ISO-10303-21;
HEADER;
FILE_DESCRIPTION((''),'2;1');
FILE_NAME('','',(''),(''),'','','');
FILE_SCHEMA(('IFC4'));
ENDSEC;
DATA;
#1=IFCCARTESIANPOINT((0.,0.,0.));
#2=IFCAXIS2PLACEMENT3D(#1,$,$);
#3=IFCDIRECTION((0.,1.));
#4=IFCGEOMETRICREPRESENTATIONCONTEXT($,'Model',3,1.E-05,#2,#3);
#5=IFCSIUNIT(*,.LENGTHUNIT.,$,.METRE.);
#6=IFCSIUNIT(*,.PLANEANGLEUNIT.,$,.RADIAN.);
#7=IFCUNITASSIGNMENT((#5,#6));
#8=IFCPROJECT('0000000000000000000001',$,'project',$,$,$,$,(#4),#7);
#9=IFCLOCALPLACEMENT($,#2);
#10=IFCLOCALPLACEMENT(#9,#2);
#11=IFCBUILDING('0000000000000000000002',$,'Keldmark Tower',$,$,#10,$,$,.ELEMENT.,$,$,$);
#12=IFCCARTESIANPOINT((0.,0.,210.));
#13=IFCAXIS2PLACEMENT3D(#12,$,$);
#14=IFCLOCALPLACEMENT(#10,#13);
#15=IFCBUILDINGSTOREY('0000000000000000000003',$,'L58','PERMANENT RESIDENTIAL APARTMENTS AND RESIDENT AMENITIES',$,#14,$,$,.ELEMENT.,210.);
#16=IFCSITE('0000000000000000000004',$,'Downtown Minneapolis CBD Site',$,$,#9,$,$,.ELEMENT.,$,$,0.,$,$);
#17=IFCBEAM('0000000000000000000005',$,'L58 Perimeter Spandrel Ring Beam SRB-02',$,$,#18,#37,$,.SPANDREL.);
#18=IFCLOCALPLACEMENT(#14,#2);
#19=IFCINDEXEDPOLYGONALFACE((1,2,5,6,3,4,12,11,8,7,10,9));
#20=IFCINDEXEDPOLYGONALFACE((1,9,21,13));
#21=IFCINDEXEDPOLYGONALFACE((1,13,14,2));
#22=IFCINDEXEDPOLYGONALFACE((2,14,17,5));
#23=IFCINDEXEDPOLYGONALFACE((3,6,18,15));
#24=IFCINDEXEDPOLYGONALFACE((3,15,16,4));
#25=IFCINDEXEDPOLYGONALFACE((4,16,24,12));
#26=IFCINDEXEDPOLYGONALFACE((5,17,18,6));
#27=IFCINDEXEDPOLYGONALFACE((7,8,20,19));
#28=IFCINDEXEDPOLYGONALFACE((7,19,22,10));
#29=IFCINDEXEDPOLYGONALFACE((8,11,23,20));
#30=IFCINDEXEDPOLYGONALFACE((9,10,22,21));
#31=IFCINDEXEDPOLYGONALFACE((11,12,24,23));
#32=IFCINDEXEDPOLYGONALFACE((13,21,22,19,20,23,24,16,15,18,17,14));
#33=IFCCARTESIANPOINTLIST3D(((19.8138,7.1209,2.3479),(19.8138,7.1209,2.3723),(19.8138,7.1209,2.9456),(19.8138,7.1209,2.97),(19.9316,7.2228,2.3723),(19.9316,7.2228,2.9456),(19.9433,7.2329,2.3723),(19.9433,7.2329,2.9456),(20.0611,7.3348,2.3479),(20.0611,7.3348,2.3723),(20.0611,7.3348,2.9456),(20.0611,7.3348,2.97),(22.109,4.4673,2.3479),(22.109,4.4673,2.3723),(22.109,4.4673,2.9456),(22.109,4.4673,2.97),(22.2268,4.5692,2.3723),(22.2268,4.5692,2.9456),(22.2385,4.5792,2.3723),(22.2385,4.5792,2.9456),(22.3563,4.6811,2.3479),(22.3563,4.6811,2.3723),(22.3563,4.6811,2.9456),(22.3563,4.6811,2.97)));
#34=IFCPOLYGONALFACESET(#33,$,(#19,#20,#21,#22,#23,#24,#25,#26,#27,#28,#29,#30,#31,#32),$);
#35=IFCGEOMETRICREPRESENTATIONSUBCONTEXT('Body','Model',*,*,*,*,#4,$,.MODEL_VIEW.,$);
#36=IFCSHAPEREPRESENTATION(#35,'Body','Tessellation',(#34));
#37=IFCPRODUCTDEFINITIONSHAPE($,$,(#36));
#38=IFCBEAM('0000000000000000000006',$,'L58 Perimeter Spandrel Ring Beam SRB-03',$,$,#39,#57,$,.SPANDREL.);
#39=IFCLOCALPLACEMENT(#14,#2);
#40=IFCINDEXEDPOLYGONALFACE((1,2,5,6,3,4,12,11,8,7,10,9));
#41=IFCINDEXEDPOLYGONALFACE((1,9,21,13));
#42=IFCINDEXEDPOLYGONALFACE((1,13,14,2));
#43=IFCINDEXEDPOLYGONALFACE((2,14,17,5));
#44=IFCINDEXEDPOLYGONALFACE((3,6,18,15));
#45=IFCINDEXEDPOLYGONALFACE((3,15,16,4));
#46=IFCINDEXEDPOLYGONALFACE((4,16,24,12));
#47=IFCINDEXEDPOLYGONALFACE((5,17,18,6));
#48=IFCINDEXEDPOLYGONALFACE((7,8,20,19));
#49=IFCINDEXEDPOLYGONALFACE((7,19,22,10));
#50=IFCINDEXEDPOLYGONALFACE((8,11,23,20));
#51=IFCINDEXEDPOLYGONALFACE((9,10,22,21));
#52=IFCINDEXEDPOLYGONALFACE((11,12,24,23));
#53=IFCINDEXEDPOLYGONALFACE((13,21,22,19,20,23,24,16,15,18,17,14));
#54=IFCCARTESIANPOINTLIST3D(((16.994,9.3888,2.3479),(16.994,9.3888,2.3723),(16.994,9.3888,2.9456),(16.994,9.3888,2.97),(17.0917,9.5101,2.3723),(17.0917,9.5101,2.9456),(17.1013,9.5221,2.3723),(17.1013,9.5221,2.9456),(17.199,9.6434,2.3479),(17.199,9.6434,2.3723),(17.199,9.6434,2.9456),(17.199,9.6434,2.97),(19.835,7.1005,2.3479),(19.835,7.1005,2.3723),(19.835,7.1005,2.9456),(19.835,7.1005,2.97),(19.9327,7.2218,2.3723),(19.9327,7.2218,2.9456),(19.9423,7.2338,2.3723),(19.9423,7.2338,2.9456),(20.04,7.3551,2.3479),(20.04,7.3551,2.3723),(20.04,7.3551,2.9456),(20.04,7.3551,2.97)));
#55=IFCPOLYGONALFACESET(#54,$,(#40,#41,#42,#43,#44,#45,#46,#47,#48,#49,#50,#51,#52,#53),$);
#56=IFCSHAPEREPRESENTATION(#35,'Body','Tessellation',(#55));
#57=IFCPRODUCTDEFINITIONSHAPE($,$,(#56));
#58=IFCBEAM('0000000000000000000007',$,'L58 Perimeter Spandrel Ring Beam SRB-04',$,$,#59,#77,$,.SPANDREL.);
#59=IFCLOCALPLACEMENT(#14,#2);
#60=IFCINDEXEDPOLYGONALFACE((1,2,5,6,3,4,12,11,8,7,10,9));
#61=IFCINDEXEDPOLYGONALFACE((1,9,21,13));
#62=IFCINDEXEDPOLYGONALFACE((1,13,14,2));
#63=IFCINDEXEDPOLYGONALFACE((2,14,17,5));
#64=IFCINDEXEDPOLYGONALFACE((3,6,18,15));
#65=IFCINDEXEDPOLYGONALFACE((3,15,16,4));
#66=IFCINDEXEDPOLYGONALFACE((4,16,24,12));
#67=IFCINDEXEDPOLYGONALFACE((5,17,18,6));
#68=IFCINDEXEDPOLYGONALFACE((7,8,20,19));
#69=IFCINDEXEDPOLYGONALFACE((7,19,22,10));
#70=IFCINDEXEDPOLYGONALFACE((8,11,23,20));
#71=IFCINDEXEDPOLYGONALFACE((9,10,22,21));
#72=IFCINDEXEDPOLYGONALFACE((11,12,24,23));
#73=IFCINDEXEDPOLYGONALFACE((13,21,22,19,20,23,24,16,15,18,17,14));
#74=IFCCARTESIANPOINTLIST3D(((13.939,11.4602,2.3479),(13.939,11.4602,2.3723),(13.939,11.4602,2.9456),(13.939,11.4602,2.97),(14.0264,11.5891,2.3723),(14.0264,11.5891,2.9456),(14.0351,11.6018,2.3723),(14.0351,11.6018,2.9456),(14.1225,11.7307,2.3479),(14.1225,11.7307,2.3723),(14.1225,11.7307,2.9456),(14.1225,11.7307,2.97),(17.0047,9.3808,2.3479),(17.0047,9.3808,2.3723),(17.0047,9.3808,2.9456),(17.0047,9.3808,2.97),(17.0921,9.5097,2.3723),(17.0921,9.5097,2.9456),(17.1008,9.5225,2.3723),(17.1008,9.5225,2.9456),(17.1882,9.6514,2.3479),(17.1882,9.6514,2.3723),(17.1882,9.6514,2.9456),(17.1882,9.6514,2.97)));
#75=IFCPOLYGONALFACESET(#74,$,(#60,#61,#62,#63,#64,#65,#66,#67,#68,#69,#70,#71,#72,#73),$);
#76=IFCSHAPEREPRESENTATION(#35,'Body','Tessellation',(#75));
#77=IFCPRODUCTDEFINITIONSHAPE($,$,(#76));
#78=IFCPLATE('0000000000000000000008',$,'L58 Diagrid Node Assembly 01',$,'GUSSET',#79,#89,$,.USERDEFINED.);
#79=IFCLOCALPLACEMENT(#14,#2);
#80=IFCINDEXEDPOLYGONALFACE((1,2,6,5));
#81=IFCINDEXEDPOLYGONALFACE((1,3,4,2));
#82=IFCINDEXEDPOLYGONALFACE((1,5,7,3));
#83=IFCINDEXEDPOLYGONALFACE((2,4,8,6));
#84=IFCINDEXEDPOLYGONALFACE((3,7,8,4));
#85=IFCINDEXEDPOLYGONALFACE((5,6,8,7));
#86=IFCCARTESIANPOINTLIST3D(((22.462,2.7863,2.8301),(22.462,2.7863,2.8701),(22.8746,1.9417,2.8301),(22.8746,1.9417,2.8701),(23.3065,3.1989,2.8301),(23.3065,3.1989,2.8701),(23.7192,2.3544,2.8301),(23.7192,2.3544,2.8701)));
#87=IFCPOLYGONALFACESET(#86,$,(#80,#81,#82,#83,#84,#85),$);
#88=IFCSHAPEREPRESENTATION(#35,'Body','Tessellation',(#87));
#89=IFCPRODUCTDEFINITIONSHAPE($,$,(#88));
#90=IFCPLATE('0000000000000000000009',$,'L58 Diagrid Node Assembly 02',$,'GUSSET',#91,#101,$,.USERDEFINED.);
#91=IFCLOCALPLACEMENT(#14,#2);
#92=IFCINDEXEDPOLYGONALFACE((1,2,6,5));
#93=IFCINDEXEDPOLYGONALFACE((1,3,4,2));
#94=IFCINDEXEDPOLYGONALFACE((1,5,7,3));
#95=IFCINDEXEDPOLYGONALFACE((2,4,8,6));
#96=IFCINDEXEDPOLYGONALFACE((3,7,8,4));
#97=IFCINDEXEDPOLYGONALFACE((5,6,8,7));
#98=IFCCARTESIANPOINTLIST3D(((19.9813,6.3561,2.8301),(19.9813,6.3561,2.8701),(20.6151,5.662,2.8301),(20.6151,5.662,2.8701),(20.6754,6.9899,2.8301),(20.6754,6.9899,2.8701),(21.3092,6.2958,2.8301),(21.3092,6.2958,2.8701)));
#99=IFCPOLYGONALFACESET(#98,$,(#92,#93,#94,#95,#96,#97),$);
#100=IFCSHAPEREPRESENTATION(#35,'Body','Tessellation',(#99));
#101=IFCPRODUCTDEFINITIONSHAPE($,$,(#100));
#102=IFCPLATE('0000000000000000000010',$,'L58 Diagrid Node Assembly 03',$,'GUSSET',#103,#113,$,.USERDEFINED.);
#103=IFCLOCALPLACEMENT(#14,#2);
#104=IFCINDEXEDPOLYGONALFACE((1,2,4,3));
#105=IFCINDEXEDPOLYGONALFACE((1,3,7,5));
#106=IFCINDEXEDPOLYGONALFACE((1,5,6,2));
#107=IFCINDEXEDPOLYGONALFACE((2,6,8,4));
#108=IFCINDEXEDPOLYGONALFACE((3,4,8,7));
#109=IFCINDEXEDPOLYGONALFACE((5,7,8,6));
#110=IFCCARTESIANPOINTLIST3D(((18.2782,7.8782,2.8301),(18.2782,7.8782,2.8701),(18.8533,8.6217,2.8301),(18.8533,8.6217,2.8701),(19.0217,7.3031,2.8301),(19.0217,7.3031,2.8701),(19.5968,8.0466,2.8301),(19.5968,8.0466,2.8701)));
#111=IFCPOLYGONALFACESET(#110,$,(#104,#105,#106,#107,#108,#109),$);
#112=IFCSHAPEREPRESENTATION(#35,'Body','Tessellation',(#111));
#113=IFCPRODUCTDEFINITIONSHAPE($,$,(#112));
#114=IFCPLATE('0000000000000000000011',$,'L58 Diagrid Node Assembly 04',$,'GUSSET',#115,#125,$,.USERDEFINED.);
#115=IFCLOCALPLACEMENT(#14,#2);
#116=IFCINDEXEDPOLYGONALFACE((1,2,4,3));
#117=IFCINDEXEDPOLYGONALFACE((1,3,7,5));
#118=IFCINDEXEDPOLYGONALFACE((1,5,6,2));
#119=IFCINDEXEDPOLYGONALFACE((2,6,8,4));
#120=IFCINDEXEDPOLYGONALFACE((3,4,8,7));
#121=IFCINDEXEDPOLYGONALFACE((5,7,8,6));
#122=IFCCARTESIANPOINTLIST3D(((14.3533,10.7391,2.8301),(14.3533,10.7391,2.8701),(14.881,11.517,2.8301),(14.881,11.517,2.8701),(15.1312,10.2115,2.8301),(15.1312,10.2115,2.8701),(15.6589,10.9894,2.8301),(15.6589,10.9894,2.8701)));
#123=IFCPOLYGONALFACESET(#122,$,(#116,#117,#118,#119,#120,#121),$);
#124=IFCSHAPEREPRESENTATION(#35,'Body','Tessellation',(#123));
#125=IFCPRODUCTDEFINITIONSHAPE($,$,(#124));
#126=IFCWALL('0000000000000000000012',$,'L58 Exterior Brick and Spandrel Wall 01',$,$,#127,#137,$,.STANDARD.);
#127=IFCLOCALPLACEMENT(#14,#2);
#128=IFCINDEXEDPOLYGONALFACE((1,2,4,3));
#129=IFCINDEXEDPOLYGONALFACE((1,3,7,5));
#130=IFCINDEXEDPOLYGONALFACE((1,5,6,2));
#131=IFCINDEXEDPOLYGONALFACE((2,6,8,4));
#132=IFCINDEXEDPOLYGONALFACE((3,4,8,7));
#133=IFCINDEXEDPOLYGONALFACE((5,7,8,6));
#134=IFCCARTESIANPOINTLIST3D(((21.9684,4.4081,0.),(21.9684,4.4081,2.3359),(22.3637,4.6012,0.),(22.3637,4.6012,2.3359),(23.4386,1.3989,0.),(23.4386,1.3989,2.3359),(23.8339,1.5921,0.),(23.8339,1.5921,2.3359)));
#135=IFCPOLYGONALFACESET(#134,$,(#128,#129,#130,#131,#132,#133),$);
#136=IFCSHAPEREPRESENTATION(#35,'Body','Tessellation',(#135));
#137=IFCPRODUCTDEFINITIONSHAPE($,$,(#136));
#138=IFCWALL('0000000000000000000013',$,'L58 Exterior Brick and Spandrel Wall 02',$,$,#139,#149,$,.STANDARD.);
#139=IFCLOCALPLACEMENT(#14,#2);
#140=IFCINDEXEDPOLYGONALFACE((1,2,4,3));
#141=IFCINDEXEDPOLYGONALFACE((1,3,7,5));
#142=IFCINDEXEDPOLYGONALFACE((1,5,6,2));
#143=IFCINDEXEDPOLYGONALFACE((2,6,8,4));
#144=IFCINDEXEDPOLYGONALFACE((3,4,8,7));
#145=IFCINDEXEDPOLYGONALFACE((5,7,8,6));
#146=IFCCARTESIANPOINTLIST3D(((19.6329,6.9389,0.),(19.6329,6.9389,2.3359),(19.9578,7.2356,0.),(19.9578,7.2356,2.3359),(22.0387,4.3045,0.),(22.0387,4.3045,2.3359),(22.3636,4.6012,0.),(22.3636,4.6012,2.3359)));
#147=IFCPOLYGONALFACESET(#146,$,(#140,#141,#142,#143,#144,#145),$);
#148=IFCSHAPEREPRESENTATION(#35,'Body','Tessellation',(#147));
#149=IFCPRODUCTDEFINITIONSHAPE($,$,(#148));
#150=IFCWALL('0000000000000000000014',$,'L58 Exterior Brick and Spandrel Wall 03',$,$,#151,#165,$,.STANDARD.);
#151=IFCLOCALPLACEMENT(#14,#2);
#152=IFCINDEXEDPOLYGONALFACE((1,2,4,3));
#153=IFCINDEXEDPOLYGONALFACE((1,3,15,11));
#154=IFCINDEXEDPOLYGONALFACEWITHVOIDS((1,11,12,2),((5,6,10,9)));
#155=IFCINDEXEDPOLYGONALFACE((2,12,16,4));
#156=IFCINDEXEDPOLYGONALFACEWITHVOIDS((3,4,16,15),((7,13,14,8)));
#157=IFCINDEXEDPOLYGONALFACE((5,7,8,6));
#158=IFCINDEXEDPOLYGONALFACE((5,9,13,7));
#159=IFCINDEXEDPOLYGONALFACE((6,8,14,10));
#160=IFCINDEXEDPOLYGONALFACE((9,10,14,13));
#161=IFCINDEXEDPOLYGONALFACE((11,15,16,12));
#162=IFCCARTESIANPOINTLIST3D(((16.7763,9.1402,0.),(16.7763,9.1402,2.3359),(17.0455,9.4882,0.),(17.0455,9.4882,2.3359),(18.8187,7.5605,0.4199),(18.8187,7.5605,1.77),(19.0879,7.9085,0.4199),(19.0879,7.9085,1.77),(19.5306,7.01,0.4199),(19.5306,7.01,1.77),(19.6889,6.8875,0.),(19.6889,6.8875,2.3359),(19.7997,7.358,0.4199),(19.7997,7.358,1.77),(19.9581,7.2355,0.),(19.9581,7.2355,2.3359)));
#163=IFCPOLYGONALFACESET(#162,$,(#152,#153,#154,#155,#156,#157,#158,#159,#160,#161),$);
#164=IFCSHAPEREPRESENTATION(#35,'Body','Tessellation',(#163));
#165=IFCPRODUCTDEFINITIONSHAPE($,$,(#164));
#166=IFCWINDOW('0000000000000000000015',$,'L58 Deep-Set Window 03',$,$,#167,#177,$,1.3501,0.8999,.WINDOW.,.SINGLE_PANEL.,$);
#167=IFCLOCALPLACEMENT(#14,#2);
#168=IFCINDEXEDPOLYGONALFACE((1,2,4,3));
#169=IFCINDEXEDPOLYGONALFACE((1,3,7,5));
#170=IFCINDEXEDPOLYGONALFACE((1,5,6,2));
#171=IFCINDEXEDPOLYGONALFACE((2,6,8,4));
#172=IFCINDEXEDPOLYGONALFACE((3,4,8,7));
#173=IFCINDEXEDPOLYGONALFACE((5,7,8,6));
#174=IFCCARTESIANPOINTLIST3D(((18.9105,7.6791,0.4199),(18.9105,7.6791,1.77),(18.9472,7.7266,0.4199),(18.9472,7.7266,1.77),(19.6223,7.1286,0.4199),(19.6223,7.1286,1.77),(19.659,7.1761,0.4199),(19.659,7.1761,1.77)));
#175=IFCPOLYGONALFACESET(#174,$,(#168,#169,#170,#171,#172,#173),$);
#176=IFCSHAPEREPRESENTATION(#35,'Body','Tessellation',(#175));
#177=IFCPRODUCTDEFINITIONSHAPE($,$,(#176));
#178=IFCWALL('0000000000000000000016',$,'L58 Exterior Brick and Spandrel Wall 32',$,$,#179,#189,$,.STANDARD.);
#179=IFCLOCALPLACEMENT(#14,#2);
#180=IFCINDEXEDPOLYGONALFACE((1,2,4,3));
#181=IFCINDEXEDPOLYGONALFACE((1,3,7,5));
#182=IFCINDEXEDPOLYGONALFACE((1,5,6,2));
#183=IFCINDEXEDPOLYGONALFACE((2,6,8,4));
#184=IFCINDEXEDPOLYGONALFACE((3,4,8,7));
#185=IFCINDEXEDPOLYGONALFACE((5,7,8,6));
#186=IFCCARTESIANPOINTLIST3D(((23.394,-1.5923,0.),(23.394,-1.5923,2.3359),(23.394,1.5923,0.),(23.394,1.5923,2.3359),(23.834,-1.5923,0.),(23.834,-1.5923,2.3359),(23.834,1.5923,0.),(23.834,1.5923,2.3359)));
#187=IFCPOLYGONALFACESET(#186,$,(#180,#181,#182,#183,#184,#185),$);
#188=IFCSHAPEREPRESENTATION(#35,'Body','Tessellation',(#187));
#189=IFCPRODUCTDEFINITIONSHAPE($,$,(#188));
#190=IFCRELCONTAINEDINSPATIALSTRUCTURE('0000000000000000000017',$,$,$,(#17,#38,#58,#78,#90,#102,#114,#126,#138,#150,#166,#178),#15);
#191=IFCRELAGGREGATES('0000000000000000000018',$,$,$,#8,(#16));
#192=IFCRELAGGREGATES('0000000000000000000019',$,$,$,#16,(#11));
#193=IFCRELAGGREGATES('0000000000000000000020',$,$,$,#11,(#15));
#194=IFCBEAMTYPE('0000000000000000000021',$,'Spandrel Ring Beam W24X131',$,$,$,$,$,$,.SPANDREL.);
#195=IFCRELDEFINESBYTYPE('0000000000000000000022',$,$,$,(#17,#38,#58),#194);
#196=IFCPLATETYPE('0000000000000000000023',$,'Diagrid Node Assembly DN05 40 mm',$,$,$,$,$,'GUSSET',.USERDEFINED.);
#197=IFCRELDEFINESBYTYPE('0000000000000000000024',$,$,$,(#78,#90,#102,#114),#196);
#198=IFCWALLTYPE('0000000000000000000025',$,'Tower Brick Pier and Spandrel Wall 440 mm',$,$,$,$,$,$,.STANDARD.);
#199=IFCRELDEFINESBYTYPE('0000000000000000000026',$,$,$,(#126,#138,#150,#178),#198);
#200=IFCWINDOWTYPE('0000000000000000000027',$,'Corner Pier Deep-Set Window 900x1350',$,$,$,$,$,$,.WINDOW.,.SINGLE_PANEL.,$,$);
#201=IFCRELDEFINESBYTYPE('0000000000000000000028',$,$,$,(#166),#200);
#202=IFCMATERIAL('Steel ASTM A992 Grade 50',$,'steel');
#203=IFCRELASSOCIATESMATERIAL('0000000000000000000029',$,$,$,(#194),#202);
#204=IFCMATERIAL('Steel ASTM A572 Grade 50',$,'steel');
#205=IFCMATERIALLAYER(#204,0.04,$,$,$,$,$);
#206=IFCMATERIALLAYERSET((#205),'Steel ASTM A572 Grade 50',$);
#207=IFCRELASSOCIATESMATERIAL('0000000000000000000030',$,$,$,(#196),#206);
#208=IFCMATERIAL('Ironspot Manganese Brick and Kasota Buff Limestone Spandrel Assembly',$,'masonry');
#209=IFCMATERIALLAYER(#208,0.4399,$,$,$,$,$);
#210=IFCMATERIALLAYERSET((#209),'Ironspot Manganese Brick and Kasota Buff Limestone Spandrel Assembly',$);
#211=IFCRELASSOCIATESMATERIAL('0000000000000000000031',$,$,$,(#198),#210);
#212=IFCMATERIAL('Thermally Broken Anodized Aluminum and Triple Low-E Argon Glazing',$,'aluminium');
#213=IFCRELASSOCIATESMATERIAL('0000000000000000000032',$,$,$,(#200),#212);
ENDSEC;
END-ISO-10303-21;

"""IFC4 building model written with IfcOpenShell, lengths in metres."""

from ifc_helpers import new_model, si_unit, direction, frame, frame_2d, origin, origin_2d, place, context, subcontext, project, spatial, rectangle, i_section, extrude, material, layer, layer_set, material_profile, profile_set, type_object, element, fill, save


model = new_model("IFC4")

# Units and contexts
model_context = context("Model", 3, precision=1e-05, world=origin(), true_north=direction((0.0, 1.0)))
body_context = subcontext(model_context, "Body", "Model", "MODEL_VIEW")
ifc_project = project(units=[si_unit("LENGTHUNIT", "METRE"), si_unit("PLANEANGLEUNIT", "RADIAN")], contexts=[model_context])

# Site, building, storey
site_placement = place(None, origin())
site = spatial("IfcSite", under=ifc_project, at=site_placement, Name="Downtown Minneapolis CBD Site", CompositionType="ELEMENT", RefElevation=0.0)
building_placement = place(site_placement, origin())
building = spatial("IfcBuilding", under=site, at=building_placement, Name="Keldmark Tower", CompositionType="ELEMENT")
storey_placement = place(building_placement, frame((0.0, 0.0, 210.0)))
storey = spatial("IfcBuildingStorey", under=building, at=storey_placement, Name="L58", Description="PERMANENT RESIDENTIAL APARTMENTS AND RESIDENT AMENITIES", CompositionType="ELEMENT", Elevation=210.0)

# Beams
ifc_material_1 = material(Name="Steel ASTM A992 Grade 50", Category="steel")
ifc_material_profile_1 = material_profile(ifc_material_1, i_section(OverallWidth=0.3269, OverallDepth=0.6221, WebThickness=0.0154, FlangeThickness=0.0244, at=origin_2d()), Name="W24X131")
ifc_profile_set_1 = profile_set([ifc_material_profile_1], Name="Steel ASTM A992 Grade 50")
beam_type_1 = type_object("IfcBeamType", Name="Spandrel Ring Beam W24X131", PredefinedType="SPANDREL", material=ifc_profile_set_1)
beam_1_placement = place(storey_placement, frame((22.2327, 4.5742, 2.6589), z_axis=(-0.654183, 0.756336, 0.0), x_axis=(-0.756336, -0.654183, 0.0)))
element("IfcBeam", 1, at=beam_1_placement, inside=storey, type_object=beam_type_1, Name="L58 Perimeter Spandrel Ring Beam SRB-02", PredefinedType="SPANDREL", context=body_context, shape_type="SweptSolid", body=[
    extrude(i_section(OverallWidth=0.3269, OverallDepth=0.6221, WebThickness=0.0154, FlangeThickness=0.0244, at=origin_2d()), origin(), (0.0, 0.0, 1.0), 3.5085),
])
beam_2_placement = place(storey_placement, frame((19.9375, 7.2278, 2.6589), z_axis=(-0.778795, 0.627279, 0.0), x_axis=(-0.627279, -0.778795, 0.0)))
element("IfcBeam", 2, at=beam_2_placement, inside=storey, type_object=beam_type_1, Name="L58 Perimeter Spandrel Ring Beam SRB-03", PredefinedType="SPANDREL", context=body_context, shape_type="SweptSolid", body=[
    extrude(i_section(OverallWidth=0.3269, OverallDepth=0.6221, WebThickness=0.0154, FlangeThickness=0.0244, at=origin_2d()), origin(), (0.0, 0.0, 1.0), 3.6479),
])
beam_3_placement = place(storey_placement, frame((17.0964, 9.5161, 2.6589), z_axis=(-0.827593, 0.561329, 0.0), x_axis=(-0.561329, -0.827593, 0.0)))
element("IfcBeam", 3, at=beam_3_placement, inside=storey, type_object=beam_type_1, Name="L58 Perimeter Spandrel Ring Beam SRB-04", PredefinedType="SPANDREL", context=body_context, shape_type="SweptSolid", body=[
    extrude(i_section(OverallWidth=0.3269, OverallDepth=0.6221, WebThickness=0.0154, FlangeThickness=0.0244, at=origin_2d()), origin(), (0.0, 0.0, 1.0), 3.7043),
])

# Plates
ifc_material_2 = material(Name="Steel ASTM A572 Grade 50", Category="steel")
ifc_layer_1 = layer(ifc_material_2, 0.04)
ifc_layer_set_1 = layer_set([ifc_layer_1], Name="Steel ASTM A572 Grade 50")
plate_type = type_object("IfcPlateType", Name="Diagrid Node Assembly DN05 40 mm", ElementType="GUSSET", PredefinedType="USERDEFINED", material=ifc_layer_set_1)
for number, where, z_axis, x_axis, name in (
    (4, (23.0906, 2.5703, 2.8301), (0.0, 0.0, 1.0), (-0.438999, 0.898488, 0.0), "L58 Diagrid Node Assembly 01"),
    (5, (20.6453, 6.3259, 2.8301), (0.0, 0.0, 1.0), (-0.674302, 0.738455, 0.0), "L58 Diagrid Node Assembly 02"),
    (6, (18.9375, 7.9624, 2.8301), (0.0, 0.0, 1.0), (-0.79101, 0.611803, 0.0), "L58 Diagrid Node Assembly 03"),
    (7, (15.0061, 10.8643, 2.8301), (0.0, 0.0, 1.0), (-0.827571, 0.561361, 0.0), "L58 Diagrid Node Assembly 04"),
):
    element("IfcPlate", number, at=place(storey_placement, frame(where, z_axis=z_axis, x_axis=x_axis)), inside=storey, type_object=plate_type, Name=name, ObjectType="GUSSET", PredefinedType="USERDEFINED", context=body_context, shape_type="SweptSolid", body=[
        extrude(rectangle(XDim=0.9399, YDim=0.9399, at=origin_2d()), origin(), (0.0, 0.0, 1.0), 0.04),
    ])

# Walls
ifc_material_3 = material(Name="Ironspot Manganese Brick and Kasota Buff Limestone Spandrel Assembly", Category="masonry")
ifc_layer_2 = layer(ifc_material_3, 0.4399)
ifc_layer_set_2 = layer_set([ifc_layer_2], Name="Ironspot Manganese Brick and Kasota Buff Limestone Spandrel Assembly")
wall_type = type_object("IfcWallType", Name="Tower Brick Pier and Spandrel Wall 440 mm", PredefinedType="STANDARD", material=ifc_layer_set_2)
wall_1_placement = place(storey_placement, frame((22.166, 4.5046, 0.0), z_axis=(0.0, 0.0, 1.0), x_axis=(0.439001, -0.898487, 0.0)))
element("IfcWall", 8, at=wall_1_placement, inside=storey, type_object=wall_type, Name="L58 Exterior Brick and Spandrel Wall 01", PredefinedType="STANDARD", context=body_context, shape_type="SweptSolid", body=[
    extrude(rectangle(XDim=3.3491, YDim=0.4399, at=frame_2d((1.6746, 0.0))), origin(), (0.0, 0.0, 1.0), 2.3359),
])
wall_2_placement = place(storey_placement, frame((19.7954, 7.0872, 0.0), z_axis=(0.0, 0.0, 1.0), x_axis=(0.674354, -0.738408, 0.0)))
element("IfcWall", 9, at=wall_2_placement, inside=storey, type_object=wall_type, Name="L58 Exterior Brick and Spandrel Wall 02", PredefinedType="STANDARD", context=body_context, shape_type="SweptSolid", body=[
    extrude(rectangle(XDim=3.5676, YDim=0.4399, at=frame_2d((1.7837, 0.0))), origin(), (0.0, 0.0, 1.0), 2.3359),
])

# Wall, opening, window
wall_3_placement = place(storey_placement, frame((16.9109, 9.3142, 0.0), z_axis=(0.0, 0.0, 1.0), x_axis=(0.791017, -0.611795, 0.0)))
wall_3 = element("IfcWall", 10, at=wall_3_placement, inside=storey, type_object=wall_type, Name="L58 Exterior Brick and Spandrel Wall 03", PredefinedType="STANDARD", context=body_context, shape_type="SweptSolid", body=[
    extrude(rectangle(XDim=3.6821, YDim=0.4399, at=frame_2d((1.8411, 0.0))), origin(), (0.0, 0.0, 1.0), 2.3359),
])
opening_placement = place(wall_3_placement, frame((2.582, 0.0, 0.4199)))
opening = element("IfcOpeningElement", 11, at=opening_placement, cuts=wall_3, PredefinedType="OPENING", context=body_context, shape_type="SweptSolid", body=[
    extrude(rectangle(XDim=0.8999, YDim=1.3501, at=frame_2d((0.45, 0.675))), frame((0.0, 0.23, 0.0), z_axis=(0.0, -1.0, 0.0), x_axis=(1.0, 0.0, 0.0)), (0.0, 0.0, 1.0), 0.46),
])
ifc_material_4 = material(Name="Thermally Broken Anodized Aluminum and Triple Low-E Argon Glazing", Category="aluminium")
window_type = type_object("IfcWindowType", Name="Corner Pier Deep-Set Window 900x1350", PartitioningType="SINGLE_PANEL", PredefinedType="WINDOW", material=ifc_material_4)
window_placement = place(opening_placement, origin())
window = element("IfcWindow", 12, at=window_placement, inside=storey, type_object=window_type, Name="L58 Deep-Set Window 03", OverallHeight=1.3501, OverallWidth=0.8999, PartitioningType="SINGLE_PANEL", PredefinedType="WINDOW", context=body_context, shape_type="SweptSolid", body=[
    extrude(rectangle(XDim=0.8999, YDim=1.3501, at=frame_2d((0.45, 0.675))), frame((0.0, -0.01, 0.0), z_axis=(0.0, -1.0, 0.0), x_axis=(1.0, 0.0, 0.0)), (0.0, 0.0, 1.0), 0.0601),
])
fill(opening, window)

# Wall
wall_4_placement = place(storey_placement, frame((23.614, 1.5923, 0.0), z_axis=(0.0, 0.0, 1.0), x_axis=(0.0, -1.0, 0.0)))
element("IfcWall", 13, at=wall_4_placement, inside=storey, type_object=wall_type, Name="L58 Exterior Brick and Spandrel Wall 32", PredefinedType="STANDARD", context=body_context, shape_type="SweptSolid", body=[
    extrude(rectangle(XDim=3.1846, YDim=0.4399, at=frame_2d((1.5923, 0.0))), origin(), (0.0, 0.0, 1.0), 2.3359),
])

save(model, "model.ifc")
